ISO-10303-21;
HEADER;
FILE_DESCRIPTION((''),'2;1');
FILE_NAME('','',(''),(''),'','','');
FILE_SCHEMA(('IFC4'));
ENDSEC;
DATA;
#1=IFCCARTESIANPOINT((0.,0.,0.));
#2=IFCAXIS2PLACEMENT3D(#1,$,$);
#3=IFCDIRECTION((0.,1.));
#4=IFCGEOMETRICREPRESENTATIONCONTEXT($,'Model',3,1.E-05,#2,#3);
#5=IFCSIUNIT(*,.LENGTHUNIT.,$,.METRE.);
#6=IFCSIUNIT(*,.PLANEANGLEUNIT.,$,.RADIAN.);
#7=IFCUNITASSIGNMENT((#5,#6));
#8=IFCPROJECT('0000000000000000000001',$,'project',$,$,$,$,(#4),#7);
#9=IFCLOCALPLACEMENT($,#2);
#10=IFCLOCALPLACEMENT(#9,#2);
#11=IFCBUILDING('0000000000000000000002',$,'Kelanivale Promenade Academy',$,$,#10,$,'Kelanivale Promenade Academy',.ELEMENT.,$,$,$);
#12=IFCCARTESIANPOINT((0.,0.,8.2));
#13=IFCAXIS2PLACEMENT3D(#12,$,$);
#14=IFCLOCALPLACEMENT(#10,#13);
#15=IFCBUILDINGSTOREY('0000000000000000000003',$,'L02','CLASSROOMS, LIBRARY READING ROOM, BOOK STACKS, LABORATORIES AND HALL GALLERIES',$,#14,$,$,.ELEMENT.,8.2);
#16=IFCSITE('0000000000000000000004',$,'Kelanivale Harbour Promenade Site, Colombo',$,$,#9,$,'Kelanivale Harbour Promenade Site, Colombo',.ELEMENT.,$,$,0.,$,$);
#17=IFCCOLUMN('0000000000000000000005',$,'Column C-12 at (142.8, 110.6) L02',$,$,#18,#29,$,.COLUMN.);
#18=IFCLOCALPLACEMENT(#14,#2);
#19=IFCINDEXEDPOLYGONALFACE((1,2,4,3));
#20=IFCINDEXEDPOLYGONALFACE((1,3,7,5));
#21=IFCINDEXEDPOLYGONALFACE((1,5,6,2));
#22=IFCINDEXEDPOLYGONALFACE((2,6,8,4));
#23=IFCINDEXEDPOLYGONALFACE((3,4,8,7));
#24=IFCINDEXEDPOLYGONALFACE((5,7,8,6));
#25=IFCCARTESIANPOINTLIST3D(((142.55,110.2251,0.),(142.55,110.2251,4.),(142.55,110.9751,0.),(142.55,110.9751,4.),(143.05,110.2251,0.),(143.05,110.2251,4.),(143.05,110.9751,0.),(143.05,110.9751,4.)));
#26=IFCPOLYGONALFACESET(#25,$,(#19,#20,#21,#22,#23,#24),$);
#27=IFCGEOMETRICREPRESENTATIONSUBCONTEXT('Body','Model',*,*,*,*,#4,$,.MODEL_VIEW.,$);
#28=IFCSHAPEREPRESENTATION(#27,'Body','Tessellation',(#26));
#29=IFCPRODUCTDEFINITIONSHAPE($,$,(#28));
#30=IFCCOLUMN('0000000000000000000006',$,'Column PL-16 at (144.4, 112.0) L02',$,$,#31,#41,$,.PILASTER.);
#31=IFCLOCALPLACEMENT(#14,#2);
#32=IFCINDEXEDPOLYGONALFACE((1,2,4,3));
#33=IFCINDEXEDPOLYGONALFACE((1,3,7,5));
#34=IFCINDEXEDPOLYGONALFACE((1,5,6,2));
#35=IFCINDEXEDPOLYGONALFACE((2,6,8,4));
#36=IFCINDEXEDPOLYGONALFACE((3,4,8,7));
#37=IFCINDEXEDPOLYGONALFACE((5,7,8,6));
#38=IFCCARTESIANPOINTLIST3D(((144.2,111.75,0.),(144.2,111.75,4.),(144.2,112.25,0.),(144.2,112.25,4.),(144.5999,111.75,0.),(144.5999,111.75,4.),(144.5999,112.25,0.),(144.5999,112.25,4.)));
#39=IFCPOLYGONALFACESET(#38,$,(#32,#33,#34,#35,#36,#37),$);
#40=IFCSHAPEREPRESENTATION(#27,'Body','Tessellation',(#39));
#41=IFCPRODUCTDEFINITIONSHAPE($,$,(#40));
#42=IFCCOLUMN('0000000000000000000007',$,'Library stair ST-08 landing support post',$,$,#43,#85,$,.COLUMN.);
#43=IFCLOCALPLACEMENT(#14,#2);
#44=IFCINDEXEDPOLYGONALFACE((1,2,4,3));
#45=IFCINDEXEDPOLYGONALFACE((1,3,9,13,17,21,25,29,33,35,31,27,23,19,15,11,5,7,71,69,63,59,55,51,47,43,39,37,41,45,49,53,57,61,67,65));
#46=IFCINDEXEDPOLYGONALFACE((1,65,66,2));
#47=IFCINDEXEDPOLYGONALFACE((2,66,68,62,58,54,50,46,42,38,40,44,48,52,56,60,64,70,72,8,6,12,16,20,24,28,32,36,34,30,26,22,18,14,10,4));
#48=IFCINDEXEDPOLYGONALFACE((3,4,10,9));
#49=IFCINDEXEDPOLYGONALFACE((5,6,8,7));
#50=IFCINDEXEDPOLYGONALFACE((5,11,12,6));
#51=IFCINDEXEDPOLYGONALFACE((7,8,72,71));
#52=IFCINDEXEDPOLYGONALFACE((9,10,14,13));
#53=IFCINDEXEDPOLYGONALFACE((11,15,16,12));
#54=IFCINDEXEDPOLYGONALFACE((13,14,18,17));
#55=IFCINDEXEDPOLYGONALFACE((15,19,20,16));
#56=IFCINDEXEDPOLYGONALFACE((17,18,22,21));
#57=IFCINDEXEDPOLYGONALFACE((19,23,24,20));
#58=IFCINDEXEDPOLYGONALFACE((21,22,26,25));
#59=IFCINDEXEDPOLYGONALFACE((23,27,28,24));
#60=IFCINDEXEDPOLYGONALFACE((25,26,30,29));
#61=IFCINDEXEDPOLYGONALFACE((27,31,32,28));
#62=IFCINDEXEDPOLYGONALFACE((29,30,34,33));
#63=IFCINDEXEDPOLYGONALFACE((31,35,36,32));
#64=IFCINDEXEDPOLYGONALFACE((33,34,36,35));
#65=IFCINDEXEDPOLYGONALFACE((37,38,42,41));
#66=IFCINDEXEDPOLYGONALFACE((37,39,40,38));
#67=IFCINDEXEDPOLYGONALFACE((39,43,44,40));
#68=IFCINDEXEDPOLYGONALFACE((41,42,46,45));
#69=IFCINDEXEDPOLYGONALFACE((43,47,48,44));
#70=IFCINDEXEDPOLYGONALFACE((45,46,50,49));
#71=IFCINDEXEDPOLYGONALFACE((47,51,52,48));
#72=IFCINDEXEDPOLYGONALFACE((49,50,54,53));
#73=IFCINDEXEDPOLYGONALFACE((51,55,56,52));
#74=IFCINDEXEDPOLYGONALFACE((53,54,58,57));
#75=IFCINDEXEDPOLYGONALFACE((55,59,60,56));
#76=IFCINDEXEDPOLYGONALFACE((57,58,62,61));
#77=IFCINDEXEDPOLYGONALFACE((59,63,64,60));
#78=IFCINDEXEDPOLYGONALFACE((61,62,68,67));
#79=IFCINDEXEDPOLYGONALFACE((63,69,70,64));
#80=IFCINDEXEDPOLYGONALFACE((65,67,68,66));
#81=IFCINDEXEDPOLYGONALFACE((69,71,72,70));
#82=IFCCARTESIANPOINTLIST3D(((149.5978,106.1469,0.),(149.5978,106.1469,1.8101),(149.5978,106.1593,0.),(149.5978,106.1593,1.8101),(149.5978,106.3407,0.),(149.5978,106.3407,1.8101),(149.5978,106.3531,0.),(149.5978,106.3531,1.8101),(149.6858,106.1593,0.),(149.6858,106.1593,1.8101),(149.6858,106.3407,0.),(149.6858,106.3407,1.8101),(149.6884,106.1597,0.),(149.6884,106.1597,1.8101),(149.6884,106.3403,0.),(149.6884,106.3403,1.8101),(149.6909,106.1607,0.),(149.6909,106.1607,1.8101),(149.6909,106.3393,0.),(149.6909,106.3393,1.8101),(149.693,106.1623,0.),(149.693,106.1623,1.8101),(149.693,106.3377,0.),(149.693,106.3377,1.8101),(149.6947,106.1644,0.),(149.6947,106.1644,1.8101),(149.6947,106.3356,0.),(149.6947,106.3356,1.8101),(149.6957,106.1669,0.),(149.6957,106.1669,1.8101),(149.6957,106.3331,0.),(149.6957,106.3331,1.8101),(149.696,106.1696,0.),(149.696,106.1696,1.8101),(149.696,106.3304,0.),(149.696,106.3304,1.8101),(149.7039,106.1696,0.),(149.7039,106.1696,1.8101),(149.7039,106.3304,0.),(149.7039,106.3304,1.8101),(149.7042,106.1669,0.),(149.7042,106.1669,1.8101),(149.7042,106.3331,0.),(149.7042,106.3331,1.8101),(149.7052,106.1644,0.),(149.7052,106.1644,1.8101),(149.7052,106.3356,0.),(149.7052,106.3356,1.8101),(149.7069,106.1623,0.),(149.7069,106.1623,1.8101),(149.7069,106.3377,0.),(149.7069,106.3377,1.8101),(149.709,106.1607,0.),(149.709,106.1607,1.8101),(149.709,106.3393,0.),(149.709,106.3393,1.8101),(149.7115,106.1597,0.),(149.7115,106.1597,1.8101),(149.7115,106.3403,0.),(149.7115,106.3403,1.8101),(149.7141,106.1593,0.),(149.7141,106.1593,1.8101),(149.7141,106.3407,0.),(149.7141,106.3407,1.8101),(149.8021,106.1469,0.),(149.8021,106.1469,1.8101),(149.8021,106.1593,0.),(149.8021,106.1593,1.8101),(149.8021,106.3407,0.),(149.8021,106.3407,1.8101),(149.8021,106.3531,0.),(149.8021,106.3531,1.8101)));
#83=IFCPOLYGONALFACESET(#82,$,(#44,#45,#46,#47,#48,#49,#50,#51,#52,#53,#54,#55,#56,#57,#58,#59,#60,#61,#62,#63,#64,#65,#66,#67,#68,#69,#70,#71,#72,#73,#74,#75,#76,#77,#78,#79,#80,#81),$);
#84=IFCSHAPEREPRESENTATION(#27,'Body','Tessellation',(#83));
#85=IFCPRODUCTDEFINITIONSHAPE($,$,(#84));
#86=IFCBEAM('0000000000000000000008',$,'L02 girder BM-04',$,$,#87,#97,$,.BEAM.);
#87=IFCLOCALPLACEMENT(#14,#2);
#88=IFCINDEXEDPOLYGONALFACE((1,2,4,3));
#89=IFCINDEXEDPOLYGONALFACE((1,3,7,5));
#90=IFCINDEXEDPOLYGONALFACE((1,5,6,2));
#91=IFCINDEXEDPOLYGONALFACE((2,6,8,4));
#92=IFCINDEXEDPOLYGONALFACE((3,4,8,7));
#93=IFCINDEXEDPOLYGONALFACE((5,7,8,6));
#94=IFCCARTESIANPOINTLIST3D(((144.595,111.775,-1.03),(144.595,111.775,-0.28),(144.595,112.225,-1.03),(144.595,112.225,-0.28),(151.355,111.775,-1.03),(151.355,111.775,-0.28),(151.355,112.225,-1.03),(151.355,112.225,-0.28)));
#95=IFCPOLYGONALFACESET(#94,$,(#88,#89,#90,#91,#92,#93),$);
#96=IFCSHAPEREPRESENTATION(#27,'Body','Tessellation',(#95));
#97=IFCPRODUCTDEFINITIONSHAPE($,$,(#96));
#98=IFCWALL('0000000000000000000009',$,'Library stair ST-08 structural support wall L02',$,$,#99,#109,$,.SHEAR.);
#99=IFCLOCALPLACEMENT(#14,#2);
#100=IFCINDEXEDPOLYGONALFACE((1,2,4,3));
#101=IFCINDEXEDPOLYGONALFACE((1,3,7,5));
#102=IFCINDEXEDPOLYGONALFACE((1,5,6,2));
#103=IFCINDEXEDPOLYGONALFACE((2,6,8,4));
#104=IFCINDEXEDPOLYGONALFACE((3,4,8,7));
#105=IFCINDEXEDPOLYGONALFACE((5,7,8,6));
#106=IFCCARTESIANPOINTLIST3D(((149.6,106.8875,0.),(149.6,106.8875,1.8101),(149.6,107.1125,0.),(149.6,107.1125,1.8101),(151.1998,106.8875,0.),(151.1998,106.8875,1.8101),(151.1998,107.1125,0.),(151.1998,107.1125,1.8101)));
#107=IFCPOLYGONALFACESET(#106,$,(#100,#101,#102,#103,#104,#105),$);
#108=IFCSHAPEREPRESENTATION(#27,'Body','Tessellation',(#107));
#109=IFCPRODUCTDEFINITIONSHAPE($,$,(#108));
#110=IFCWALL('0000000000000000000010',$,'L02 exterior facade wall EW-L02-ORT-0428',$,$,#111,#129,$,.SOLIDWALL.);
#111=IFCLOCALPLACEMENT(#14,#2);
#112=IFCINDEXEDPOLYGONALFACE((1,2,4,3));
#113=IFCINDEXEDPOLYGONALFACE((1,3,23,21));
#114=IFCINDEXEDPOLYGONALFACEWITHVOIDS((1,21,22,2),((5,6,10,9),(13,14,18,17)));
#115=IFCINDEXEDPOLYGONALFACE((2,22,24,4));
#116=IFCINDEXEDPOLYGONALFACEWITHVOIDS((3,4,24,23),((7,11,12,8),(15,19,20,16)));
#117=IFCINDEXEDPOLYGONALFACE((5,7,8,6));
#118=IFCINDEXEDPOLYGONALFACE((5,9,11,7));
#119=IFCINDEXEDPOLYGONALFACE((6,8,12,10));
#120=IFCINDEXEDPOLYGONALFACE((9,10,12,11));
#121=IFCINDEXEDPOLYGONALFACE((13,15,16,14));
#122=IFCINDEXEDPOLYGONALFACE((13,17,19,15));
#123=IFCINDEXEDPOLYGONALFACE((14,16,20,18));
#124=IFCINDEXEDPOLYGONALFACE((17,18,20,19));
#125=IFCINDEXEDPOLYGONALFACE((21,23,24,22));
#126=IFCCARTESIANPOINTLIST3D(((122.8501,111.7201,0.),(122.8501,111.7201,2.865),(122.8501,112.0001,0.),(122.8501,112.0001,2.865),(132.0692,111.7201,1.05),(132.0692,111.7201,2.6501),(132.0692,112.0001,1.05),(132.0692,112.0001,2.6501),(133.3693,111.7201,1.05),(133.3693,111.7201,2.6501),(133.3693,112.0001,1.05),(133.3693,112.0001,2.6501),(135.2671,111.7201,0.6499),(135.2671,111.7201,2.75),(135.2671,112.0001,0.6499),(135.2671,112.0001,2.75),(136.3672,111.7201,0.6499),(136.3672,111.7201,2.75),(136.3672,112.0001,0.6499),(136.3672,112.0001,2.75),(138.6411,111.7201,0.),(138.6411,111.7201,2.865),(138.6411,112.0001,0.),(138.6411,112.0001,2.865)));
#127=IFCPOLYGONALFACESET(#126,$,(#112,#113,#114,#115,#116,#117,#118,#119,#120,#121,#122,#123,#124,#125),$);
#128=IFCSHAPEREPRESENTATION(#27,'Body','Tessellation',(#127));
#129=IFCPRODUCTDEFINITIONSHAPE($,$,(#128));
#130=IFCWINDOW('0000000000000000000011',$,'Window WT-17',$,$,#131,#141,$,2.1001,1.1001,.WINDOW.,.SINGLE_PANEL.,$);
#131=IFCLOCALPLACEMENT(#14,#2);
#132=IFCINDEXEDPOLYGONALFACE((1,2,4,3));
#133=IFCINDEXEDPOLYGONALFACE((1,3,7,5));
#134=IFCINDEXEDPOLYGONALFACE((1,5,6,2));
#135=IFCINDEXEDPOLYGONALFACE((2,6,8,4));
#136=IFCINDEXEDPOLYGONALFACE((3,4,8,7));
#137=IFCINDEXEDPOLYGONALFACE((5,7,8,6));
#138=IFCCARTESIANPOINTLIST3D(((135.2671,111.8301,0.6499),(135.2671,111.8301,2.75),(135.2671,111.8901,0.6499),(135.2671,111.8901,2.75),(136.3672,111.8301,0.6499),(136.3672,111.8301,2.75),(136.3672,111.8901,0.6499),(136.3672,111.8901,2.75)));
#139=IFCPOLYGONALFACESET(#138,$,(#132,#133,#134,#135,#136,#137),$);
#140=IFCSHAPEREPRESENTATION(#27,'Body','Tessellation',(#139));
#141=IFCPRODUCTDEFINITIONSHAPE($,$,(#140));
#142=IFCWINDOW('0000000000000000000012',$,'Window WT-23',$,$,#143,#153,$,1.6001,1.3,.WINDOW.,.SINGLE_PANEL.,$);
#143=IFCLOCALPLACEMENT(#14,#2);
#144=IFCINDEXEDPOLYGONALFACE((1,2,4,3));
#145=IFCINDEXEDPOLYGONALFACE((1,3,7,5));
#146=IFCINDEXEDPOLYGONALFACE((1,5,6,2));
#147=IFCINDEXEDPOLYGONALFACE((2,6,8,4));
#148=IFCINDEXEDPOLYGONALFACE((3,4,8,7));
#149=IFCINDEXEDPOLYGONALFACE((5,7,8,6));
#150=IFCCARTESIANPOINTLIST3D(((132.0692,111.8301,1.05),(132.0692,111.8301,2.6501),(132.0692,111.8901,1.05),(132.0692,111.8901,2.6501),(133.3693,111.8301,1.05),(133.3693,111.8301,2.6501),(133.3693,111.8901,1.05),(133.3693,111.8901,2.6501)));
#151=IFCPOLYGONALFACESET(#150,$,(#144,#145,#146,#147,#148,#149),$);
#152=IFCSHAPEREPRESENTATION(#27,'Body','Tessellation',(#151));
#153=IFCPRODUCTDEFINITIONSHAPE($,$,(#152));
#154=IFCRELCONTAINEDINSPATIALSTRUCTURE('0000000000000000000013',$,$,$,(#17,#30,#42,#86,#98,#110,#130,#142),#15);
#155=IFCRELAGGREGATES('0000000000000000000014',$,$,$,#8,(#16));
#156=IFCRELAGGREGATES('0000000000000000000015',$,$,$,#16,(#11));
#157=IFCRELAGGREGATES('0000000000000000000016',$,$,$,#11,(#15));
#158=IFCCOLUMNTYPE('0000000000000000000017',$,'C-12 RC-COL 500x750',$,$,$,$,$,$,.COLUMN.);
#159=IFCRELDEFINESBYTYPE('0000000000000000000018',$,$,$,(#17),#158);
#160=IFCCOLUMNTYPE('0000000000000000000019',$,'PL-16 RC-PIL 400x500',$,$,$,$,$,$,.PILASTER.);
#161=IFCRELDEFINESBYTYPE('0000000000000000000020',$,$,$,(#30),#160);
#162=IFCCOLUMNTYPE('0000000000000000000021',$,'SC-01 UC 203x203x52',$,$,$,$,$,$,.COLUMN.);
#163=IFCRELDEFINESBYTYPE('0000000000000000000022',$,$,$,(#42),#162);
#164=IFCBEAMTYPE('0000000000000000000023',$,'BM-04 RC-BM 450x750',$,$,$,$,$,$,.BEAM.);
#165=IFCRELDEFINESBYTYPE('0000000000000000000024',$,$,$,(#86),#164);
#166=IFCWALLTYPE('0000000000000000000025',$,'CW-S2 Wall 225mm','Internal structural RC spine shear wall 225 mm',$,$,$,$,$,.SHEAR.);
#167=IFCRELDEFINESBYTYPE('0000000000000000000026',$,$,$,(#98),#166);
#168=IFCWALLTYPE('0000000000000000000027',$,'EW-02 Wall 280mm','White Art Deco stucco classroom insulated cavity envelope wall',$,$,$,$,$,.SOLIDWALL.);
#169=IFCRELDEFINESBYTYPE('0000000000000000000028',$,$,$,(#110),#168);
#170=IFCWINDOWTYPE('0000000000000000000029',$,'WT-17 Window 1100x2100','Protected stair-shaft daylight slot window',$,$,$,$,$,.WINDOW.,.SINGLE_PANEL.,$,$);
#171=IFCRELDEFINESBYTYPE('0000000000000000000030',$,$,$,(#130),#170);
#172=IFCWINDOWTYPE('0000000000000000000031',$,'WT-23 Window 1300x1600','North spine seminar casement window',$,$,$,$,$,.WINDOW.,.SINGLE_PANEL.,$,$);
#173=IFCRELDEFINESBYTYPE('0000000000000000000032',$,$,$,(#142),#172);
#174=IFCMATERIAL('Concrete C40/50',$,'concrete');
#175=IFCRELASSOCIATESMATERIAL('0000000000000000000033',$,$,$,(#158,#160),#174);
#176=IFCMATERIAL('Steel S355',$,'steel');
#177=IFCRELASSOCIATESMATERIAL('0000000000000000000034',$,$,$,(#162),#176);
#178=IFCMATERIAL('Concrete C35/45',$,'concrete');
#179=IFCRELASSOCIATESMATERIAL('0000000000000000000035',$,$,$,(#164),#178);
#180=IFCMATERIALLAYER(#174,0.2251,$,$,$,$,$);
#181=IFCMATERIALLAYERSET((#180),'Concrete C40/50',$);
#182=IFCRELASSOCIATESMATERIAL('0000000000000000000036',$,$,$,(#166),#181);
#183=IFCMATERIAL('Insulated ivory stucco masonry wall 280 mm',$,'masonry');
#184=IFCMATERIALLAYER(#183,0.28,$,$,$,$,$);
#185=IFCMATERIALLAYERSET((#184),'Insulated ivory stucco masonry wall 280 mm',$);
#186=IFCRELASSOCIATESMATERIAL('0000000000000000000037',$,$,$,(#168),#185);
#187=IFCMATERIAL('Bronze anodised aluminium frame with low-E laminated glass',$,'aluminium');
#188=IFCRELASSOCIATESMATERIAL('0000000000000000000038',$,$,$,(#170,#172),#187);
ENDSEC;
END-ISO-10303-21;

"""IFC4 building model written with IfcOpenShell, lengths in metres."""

from ifc_helpers import new_model, si_unit, direction, frame, frame_2d, origin, origin_2d, place, context, subcontext, project, spatial, rectangle, i_section, extrude, material, layer, layer_set, material_profile, profile_set, type_object, element, fill, save


model = new_model("IFC4")

# Units and contexts
model_context = context("Model", 3, precision=1e-05, world=origin(), true_north=direction((0.0, 1.0)))
body_context = subcontext(model_context, "Body", "Model", "MODEL_VIEW")
ifc_project = project(units=[si_unit("LENGTHUNIT", "METRE"), si_unit("PLANEANGLEUNIT", "RADIAN")], contexts=[model_context])

# Site, building, storey
site_placement = place(None, origin())
site = spatial("IfcSite", under=ifc_project, at=site_placement, Name="Kelanivale Harbour Promenade Site, Colombo", LongName="Kelanivale Harbour Promenade Site, Colombo", CompositionType="ELEMENT", RefElevation=0.0)
building_placement = place(site_placement, origin())
building = spatial("IfcBuilding", under=site, at=building_placement, Name="Kelanivale Promenade Academy", LongName="Kelanivale Promenade Academy", CompositionType="ELEMENT")
storey_placement = place(building_placement, frame((0.0, 0.0, 8.2)))
storey = spatial("IfcBuildingStorey", under=building, at=storey_placement, Name="L02", Description="CLASSROOMS, LIBRARY READING ROOM, BOOK STACKS, LABORATORIES AND HALL GALLERIES", CompositionType="ELEMENT", Elevation=8.2)

# Columns
ifc_material_1 = material(Name="Concrete C40/50", Category="concrete")
ifc_material_profile_1 = material_profile(ifc_material_1, rectangle(XDim=0.5, YDim=0.75, at=origin_2d()), Name="RC-COL 500x750")
ifc_profile_set_1 = profile_set([ifc_material_profile_1], Name="Concrete C40/50")
column_type_1 = type_object("IfcColumnType", Name="C-12 RC-COL 500x750", PredefinedType="COLUMN", material=ifc_profile_set_1)
column_1_placement = place(storey_placement, frame((142.8, 110.6001, 0.0), z_axis=(0.0, 0.0, 1.0), x_axis=(1.0, 0.0, 0.0)))
element("IfcColumn", 1, at=column_1_placement, inside=storey, type_object=column_type_1, Name="Column C-12 at (142.8, 110.6) L02", PredefinedType="COLUMN", context=body_context, shape_type="SweptSolid", body=[
    extrude(rectangle(XDim=0.5, YDim=0.75, at=origin_2d()), origin(), (0.0, 0.0, 1.0), 4.0),
])
ifc_material_profile_2 = material_profile(ifc_material_1, rectangle(XDim=0.3999, YDim=0.5, at=origin_2d()), Name="RC-PIL 400x500")
ifc_profile_set_2 = profile_set([ifc_material_profile_2], Name="Concrete C40/50")
column_type_2 = type_object("IfcColumnType", Name="PL-16 RC-PIL 400x500", PredefinedType="PILASTER", material=ifc_profile_set_2)
column_2_placement = place(storey_placement, frame((144.3999, 112.0, 0.0), z_axis=(0.0, 0.0, 1.0), x_axis=(1.0, 0.0, 0.0)))
element("IfcColumn", 2, at=column_2_placement, inside=storey, type_object=column_type_2, Name="Column PL-16 at (144.4, 112.0) L02", PredefinedType="PILASTER", context=body_context, shape_type="SweptSolid", body=[
    extrude(rectangle(XDim=0.3999, YDim=0.5, at=origin_2d()), origin(), (0.0, 0.0, 1.0), 4.0),
])
ifc_material_2 = material(Name="Steel S355", Category="steel")
ifc_material_profile_3 = material_profile(ifc_material_2, i_section(OverallWidth=0.2043, OverallDepth=0.2063, WebThickness=0.0078, FlangeThickness=0.0125, FilletRadius=0.0103, at=origin_2d()), Name="UC 203x203x52")
ifc_profile_set_3 = profile_set([ifc_material_profile_3], Name="Steel S355")
column_type_3 = type_object("IfcColumnType", Name="SC-01 UC 203x203x52", PredefinedType="COLUMN", material=ifc_profile_set_3)
column_3_placement = place(storey_placement, frame((149.7, 106.25, 0.0), z_axis=(0.0, 0.0, 1.0), x_axis=(1.0, 0.0, 0.0)))
element("IfcColumn", 3, at=column_3_placement, inside=storey, type_object=column_type_3, Name="Library stair ST-08 landing support post", PredefinedType="COLUMN", context=body_context, shape_type="SweptSolid", body=[
    extrude(i_section(OverallWidth=0.2043, OverallDepth=0.2063, WebThickness=0.0078, FlangeThickness=0.0125, FilletRadius=0.0103, at=origin_2d()), origin(), (0.0, 0.0, 1.0), 1.8101),
])

# Beam
ifc_material_3 = material(Name="Concrete C35/45", Category="concrete")
ifc_material_profile_4 = material_profile(ifc_material_3, rectangle(XDim=0.45, YDim=0.75, at=origin_2d()), Name="RC-BM 450x750")
ifc_profile_set_4 = profile_set([ifc_material_profile_4], Name="Concrete C35/45")
beam_type = type_object("IfcBeamType", Name="BM-04 RC-BM 450x750", PredefinedType="BEAM", material=ifc_profile_set_4)
beam_placement = place(storey_placement, frame((144.595, 112.0, -0.655), z_axis=(1.0, 0.0, 0.0), x_axis=(0.0, 1.0, 0.0)))
element("IfcBeam", 4, at=beam_placement, inside=storey, type_object=beam_type, Name="L02 girder BM-04", PredefinedType="BEAM", context=body_context, shape_type="SweptSolid", body=[
    extrude(rectangle(XDim=0.45, YDim=0.75, at=origin_2d()), origin(), (0.0, 0.0, 1.0), 6.76),
])

# Wall
ifc_layer_1 = layer(ifc_material_1, 0.2251)
ifc_layer_set_1 = layer_set([ifc_layer_1], Name="Concrete C40/50")
wall_type_1 = type_object("IfcWallType", Name="CW-S2 Wall 225mm", Description="Internal structural RC spine shear wall 225 mm", PredefinedType="SHEAR", material=ifc_layer_set_1)
wall_1_placement = place(storey_placement, frame((149.6001, 107.0, 0.0), z_axis=(0.0, 0.0, 1.0), x_axis=(1.0, 0.0, 0.0)))
element("IfcWall", 5, at=wall_1_placement, inside=storey, type_object=wall_type_1, Name="Library stair ST-08 structural support wall L02", PredefinedType="SHEAR", context=body_context, shape_type="SweptSolid", body=[
    extrude(rectangle(XDim=1.5999, YDim=0.2251, at=frame_2d((0.7998, 0.0))), origin(), (0.0, 0.0, 1.0), 1.8101),
])

# Wall, openings, windows
ifc_material_4 = material(Name="Insulated ivory stucco masonry wall 280 mm", Category="masonry")
ifc_layer_2 = layer(ifc_material_4, 0.28)
ifc_layer_set_2 = layer_set([ifc_layer_2], Name="Insulated ivory stucco masonry wall 280 mm")
wall_type_2 = type_object("IfcWallType", Name="EW-02 Wall 280mm", Description="White Art Deco stucco classroom insulated cavity envelope wall", PredefinedType="SOLIDWALL", material=ifc_layer_set_2)
wall_2_placement = place(storey_placement, frame((138.6411, 111.8601, 0.0), z_axis=(0.0, 0.0, 1.0), x_axis=(-1.0, 0.0, 0.0)))
wall_2 = element("IfcWall", 6, at=wall_2_placement, inside=storey, type_object=wall_type_2, Name="L02 exterior facade wall EW-L02-ORT-0428", PredefinedType="SOLIDWALL", context=body_context, shape_type="SweptSolid", body=[
    extrude(rectangle(XDim=15.791, YDim=0.28, at=frame_2d((7.8955, 0.0))), origin(), (0.0, 0.0, 1.0), 2.865),
])
opening_1_placement = place(wall_2_placement, frame((2.2739, 0.0, 0.6499)))
opening_1 = element("IfcOpeningElement", 7, at=opening_1_placement, cuts=wall_2, PredefinedType="OPENING", context=body_context, shape_type="SweptSolid", body=[
    extrude(rectangle(XDim=1.1001, YDim=2.1001, at=frame_2d((0.55, 1.05))), frame((0.0, 0.1499, 0.0), z_axis=(0.0, -1.0, 0.0), x_axis=(1.0, 0.0, 0.0)), (0.0, 0.0, 1.0), 0.3),
])
opening_2_placement = place(wall_2_placement, frame((5.272, 0.0, 1.05)))
opening_2 = element("IfcOpeningElement", 8, at=opening_2_placement, cuts=wall_2, PredefinedType="OPENING", context=body_context, shape_type="SweptSolid", body=[
    extrude(rectangle(XDim=1.3, YDim=1.6001, at=frame_2d((0.6499, 0.8))), frame((0.0, 0.1499, 0.0), z_axis=(0.0, -1.0, 0.0), x_axis=(1.0, 0.0, 0.0)), (0.0, 0.0, 1.0), 0.3),
])
ifc_material_5 = material(Name="Bronze anodised aluminium frame with low-E laminated glass", Category="aluminium")
window_type_1 = type_object("IfcWindowType", Name="WT-17 Window 1100x2100", Description="Protected stair-shaft daylight slot window", PartitioningType="SINGLE_PANEL", PredefinedType="WINDOW", material=ifc_material_5)
window_1_placement = place(opening_1_placement, origin())
window_1 = element("IfcWindow", 9, at=window_1_placement, inside=storey, type_object=window_type_1, Name="Window WT-17", OverallHeight=2.1001, OverallWidth=1.1001, PartitioningType="SINGLE_PANEL", PredefinedType="WINDOW", context=body_context, shape_type="SweptSolid", body=[
    extrude(rectangle(XDim=1.1001, YDim=2.1001, at=frame_2d((0.55, 1.05))), frame((0.0, 0.03, 0.0), z_axis=(0.0, -1.0, 0.0), x_axis=(1.0, 0.0, 0.0)), (0.0, 0.0, 1.0), 0.0601),
])
fill(opening_1, window_1)
window_type_2 = type_object("IfcWindowType", Name="WT-23 Window 1300x1600", Description="North spine seminar casement window", PartitioningType="SINGLE_PANEL", PredefinedType="WINDOW", material=ifc_material_5)
window_2_placement = place(opening_2_placement, origin())
window_2 = element("IfcWindow", 10, at=window_2_placement, inside=storey, type_object=window_type_2, Name="Window WT-23", OverallHeight=1.6001, OverallWidth=1.3, PartitioningType="SINGLE_PANEL", PredefinedType="WINDOW", context=body_context, shape_type="SweptSolid", body=[
    extrude(rectangle(XDim=1.3, YDim=1.6001, at=frame_2d((0.6499, 0.8))), frame((0.0, 0.03, 0.0), z_axis=(0.0, -1.0, 0.0), x_axis=(1.0, 0.0, 0.0)), (0.0, 0.0, 1.0), 0.0601),
])
fill(opening_2, window_2)

save(model, "model.ifc")
